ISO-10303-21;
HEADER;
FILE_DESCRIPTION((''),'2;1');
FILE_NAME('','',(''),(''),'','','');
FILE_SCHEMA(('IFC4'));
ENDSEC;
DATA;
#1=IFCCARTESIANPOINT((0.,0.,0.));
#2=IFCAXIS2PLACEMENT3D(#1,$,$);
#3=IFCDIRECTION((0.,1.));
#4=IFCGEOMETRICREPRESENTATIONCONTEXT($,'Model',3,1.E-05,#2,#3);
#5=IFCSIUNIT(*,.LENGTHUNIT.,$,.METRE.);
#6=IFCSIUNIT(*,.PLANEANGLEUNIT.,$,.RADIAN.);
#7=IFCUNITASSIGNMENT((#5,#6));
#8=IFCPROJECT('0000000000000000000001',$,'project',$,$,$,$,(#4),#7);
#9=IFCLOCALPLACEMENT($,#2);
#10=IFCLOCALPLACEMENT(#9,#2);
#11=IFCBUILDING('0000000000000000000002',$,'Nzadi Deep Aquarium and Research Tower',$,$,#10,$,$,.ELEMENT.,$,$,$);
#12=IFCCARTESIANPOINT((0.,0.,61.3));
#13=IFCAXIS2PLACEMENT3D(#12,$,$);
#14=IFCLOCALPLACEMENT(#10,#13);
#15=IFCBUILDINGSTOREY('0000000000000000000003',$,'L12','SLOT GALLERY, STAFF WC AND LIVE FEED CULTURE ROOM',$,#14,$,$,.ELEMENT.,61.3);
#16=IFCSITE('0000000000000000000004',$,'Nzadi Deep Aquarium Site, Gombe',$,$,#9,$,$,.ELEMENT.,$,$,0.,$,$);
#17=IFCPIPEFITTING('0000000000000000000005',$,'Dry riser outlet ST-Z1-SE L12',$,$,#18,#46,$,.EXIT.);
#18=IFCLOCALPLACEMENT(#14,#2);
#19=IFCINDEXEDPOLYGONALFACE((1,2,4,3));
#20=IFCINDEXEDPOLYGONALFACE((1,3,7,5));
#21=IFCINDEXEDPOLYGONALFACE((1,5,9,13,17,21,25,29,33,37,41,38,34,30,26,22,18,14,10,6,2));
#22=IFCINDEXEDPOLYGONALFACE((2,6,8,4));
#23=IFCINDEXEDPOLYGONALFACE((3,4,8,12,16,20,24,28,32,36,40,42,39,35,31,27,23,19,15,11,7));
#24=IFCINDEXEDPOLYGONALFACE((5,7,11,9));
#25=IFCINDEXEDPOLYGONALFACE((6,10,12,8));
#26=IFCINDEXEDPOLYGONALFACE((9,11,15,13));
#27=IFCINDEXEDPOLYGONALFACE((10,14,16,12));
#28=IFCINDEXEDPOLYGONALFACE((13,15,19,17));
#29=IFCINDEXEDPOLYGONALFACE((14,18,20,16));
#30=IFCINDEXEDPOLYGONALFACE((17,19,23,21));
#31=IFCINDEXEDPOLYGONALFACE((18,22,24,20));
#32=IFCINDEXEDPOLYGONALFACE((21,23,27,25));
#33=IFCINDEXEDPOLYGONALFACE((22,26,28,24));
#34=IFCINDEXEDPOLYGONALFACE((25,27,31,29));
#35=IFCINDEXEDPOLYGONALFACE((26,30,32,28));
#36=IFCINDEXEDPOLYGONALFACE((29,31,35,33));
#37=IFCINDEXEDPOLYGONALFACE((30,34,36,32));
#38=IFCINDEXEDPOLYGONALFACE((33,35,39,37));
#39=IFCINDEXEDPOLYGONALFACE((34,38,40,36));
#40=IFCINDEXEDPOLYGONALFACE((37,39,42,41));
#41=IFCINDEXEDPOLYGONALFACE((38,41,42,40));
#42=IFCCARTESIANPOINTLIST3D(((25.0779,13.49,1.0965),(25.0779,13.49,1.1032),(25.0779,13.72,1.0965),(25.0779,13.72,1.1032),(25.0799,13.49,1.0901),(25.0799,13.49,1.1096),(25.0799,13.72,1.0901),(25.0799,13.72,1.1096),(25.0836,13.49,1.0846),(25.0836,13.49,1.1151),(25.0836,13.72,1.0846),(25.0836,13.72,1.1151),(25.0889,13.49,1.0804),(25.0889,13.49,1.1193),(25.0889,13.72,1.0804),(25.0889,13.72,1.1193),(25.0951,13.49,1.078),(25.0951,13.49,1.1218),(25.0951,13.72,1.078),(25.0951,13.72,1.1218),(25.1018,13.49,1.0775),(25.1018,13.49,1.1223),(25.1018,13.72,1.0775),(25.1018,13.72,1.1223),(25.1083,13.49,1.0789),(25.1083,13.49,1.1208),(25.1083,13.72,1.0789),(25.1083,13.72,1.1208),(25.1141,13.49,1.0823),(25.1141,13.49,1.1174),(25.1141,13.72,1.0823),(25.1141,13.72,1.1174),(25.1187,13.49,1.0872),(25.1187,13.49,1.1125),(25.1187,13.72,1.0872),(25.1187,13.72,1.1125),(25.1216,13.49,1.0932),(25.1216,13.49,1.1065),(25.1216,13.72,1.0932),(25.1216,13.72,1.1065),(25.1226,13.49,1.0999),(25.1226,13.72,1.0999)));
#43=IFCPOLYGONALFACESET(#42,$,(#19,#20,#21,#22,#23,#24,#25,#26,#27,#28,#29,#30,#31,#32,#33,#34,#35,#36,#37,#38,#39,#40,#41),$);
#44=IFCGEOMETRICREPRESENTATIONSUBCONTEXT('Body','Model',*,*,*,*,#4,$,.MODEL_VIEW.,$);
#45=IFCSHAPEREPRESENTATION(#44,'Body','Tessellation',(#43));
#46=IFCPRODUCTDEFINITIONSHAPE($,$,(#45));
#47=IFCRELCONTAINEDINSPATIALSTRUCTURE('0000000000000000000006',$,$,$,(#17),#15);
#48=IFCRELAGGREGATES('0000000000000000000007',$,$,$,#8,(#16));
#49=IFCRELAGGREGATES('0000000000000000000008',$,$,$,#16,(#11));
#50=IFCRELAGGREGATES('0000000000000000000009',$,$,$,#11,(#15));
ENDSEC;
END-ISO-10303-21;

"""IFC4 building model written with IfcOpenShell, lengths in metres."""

from ifc_helpers import new_model, si_unit, direction, frame, origin, origin_2d, place, context, subcontext, project, spatial, circle, extrude, element, save


model = new_model("IFC4")

# Units and contexts
model_context = context("Model", 3, precision=1e-05, world=origin(), true_north=direction((0.0, 1.0)))
body_context = subcontext(model_context, "Body", "Model", "MODEL_VIEW")
ifc_project = project(units=[si_unit("LENGTHUNIT", "METRE"), si_unit("PLANEANGLEUNIT", "RADIAN")], contexts=[model_context])

# Site, building, storey
site_placement = place(None, origin())
site = spatial("IfcSite", under=ifc_project, at=site_placement, Name="Nzadi Deep Aquarium Site, Gombe", CompositionType="ELEMENT", RefElevation=0.0)
building_placement = place(site_placement, origin())
building = spatial("IfcBuilding", under=site, at=building_placement, Name="Nzadi Deep Aquarium and Research Tower", CompositionType="ELEMENT")
storey_placement = place(building_placement, frame((0.0, 0.0, 61.3)))
storey = spatial("IfcBuildingStorey", under=building, at=storey_placement, Name="L12", Description="SLOT GALLERY, STAFF WC AND LIVE FEED CULTURE ROOM", CompositionType="ELEMENT", Elevation=61.3)

# Pipe fitting
pipe_fitting_placement = place(storey_placement, frame((25.1001, 13.72, 1.0999), z_axis=(0.0, -1.0, 0.0), x_axis=(1.0, 0.0, 0.0)))
element("IfcPipeFitting", 1, at=pipe_fitting_placement, inside=storey, Name="Dry riser outlet ST-Z1-SE L12", PredefinedType="EXIT", context=body_context, shape_type="SweptSolid", body=[
    extrude(circle(Radius=0.0225, at=origin_2d()), origin(), (0.0, 0.0, 1.0), 0.23),
])

save(model, "model.ifc")
